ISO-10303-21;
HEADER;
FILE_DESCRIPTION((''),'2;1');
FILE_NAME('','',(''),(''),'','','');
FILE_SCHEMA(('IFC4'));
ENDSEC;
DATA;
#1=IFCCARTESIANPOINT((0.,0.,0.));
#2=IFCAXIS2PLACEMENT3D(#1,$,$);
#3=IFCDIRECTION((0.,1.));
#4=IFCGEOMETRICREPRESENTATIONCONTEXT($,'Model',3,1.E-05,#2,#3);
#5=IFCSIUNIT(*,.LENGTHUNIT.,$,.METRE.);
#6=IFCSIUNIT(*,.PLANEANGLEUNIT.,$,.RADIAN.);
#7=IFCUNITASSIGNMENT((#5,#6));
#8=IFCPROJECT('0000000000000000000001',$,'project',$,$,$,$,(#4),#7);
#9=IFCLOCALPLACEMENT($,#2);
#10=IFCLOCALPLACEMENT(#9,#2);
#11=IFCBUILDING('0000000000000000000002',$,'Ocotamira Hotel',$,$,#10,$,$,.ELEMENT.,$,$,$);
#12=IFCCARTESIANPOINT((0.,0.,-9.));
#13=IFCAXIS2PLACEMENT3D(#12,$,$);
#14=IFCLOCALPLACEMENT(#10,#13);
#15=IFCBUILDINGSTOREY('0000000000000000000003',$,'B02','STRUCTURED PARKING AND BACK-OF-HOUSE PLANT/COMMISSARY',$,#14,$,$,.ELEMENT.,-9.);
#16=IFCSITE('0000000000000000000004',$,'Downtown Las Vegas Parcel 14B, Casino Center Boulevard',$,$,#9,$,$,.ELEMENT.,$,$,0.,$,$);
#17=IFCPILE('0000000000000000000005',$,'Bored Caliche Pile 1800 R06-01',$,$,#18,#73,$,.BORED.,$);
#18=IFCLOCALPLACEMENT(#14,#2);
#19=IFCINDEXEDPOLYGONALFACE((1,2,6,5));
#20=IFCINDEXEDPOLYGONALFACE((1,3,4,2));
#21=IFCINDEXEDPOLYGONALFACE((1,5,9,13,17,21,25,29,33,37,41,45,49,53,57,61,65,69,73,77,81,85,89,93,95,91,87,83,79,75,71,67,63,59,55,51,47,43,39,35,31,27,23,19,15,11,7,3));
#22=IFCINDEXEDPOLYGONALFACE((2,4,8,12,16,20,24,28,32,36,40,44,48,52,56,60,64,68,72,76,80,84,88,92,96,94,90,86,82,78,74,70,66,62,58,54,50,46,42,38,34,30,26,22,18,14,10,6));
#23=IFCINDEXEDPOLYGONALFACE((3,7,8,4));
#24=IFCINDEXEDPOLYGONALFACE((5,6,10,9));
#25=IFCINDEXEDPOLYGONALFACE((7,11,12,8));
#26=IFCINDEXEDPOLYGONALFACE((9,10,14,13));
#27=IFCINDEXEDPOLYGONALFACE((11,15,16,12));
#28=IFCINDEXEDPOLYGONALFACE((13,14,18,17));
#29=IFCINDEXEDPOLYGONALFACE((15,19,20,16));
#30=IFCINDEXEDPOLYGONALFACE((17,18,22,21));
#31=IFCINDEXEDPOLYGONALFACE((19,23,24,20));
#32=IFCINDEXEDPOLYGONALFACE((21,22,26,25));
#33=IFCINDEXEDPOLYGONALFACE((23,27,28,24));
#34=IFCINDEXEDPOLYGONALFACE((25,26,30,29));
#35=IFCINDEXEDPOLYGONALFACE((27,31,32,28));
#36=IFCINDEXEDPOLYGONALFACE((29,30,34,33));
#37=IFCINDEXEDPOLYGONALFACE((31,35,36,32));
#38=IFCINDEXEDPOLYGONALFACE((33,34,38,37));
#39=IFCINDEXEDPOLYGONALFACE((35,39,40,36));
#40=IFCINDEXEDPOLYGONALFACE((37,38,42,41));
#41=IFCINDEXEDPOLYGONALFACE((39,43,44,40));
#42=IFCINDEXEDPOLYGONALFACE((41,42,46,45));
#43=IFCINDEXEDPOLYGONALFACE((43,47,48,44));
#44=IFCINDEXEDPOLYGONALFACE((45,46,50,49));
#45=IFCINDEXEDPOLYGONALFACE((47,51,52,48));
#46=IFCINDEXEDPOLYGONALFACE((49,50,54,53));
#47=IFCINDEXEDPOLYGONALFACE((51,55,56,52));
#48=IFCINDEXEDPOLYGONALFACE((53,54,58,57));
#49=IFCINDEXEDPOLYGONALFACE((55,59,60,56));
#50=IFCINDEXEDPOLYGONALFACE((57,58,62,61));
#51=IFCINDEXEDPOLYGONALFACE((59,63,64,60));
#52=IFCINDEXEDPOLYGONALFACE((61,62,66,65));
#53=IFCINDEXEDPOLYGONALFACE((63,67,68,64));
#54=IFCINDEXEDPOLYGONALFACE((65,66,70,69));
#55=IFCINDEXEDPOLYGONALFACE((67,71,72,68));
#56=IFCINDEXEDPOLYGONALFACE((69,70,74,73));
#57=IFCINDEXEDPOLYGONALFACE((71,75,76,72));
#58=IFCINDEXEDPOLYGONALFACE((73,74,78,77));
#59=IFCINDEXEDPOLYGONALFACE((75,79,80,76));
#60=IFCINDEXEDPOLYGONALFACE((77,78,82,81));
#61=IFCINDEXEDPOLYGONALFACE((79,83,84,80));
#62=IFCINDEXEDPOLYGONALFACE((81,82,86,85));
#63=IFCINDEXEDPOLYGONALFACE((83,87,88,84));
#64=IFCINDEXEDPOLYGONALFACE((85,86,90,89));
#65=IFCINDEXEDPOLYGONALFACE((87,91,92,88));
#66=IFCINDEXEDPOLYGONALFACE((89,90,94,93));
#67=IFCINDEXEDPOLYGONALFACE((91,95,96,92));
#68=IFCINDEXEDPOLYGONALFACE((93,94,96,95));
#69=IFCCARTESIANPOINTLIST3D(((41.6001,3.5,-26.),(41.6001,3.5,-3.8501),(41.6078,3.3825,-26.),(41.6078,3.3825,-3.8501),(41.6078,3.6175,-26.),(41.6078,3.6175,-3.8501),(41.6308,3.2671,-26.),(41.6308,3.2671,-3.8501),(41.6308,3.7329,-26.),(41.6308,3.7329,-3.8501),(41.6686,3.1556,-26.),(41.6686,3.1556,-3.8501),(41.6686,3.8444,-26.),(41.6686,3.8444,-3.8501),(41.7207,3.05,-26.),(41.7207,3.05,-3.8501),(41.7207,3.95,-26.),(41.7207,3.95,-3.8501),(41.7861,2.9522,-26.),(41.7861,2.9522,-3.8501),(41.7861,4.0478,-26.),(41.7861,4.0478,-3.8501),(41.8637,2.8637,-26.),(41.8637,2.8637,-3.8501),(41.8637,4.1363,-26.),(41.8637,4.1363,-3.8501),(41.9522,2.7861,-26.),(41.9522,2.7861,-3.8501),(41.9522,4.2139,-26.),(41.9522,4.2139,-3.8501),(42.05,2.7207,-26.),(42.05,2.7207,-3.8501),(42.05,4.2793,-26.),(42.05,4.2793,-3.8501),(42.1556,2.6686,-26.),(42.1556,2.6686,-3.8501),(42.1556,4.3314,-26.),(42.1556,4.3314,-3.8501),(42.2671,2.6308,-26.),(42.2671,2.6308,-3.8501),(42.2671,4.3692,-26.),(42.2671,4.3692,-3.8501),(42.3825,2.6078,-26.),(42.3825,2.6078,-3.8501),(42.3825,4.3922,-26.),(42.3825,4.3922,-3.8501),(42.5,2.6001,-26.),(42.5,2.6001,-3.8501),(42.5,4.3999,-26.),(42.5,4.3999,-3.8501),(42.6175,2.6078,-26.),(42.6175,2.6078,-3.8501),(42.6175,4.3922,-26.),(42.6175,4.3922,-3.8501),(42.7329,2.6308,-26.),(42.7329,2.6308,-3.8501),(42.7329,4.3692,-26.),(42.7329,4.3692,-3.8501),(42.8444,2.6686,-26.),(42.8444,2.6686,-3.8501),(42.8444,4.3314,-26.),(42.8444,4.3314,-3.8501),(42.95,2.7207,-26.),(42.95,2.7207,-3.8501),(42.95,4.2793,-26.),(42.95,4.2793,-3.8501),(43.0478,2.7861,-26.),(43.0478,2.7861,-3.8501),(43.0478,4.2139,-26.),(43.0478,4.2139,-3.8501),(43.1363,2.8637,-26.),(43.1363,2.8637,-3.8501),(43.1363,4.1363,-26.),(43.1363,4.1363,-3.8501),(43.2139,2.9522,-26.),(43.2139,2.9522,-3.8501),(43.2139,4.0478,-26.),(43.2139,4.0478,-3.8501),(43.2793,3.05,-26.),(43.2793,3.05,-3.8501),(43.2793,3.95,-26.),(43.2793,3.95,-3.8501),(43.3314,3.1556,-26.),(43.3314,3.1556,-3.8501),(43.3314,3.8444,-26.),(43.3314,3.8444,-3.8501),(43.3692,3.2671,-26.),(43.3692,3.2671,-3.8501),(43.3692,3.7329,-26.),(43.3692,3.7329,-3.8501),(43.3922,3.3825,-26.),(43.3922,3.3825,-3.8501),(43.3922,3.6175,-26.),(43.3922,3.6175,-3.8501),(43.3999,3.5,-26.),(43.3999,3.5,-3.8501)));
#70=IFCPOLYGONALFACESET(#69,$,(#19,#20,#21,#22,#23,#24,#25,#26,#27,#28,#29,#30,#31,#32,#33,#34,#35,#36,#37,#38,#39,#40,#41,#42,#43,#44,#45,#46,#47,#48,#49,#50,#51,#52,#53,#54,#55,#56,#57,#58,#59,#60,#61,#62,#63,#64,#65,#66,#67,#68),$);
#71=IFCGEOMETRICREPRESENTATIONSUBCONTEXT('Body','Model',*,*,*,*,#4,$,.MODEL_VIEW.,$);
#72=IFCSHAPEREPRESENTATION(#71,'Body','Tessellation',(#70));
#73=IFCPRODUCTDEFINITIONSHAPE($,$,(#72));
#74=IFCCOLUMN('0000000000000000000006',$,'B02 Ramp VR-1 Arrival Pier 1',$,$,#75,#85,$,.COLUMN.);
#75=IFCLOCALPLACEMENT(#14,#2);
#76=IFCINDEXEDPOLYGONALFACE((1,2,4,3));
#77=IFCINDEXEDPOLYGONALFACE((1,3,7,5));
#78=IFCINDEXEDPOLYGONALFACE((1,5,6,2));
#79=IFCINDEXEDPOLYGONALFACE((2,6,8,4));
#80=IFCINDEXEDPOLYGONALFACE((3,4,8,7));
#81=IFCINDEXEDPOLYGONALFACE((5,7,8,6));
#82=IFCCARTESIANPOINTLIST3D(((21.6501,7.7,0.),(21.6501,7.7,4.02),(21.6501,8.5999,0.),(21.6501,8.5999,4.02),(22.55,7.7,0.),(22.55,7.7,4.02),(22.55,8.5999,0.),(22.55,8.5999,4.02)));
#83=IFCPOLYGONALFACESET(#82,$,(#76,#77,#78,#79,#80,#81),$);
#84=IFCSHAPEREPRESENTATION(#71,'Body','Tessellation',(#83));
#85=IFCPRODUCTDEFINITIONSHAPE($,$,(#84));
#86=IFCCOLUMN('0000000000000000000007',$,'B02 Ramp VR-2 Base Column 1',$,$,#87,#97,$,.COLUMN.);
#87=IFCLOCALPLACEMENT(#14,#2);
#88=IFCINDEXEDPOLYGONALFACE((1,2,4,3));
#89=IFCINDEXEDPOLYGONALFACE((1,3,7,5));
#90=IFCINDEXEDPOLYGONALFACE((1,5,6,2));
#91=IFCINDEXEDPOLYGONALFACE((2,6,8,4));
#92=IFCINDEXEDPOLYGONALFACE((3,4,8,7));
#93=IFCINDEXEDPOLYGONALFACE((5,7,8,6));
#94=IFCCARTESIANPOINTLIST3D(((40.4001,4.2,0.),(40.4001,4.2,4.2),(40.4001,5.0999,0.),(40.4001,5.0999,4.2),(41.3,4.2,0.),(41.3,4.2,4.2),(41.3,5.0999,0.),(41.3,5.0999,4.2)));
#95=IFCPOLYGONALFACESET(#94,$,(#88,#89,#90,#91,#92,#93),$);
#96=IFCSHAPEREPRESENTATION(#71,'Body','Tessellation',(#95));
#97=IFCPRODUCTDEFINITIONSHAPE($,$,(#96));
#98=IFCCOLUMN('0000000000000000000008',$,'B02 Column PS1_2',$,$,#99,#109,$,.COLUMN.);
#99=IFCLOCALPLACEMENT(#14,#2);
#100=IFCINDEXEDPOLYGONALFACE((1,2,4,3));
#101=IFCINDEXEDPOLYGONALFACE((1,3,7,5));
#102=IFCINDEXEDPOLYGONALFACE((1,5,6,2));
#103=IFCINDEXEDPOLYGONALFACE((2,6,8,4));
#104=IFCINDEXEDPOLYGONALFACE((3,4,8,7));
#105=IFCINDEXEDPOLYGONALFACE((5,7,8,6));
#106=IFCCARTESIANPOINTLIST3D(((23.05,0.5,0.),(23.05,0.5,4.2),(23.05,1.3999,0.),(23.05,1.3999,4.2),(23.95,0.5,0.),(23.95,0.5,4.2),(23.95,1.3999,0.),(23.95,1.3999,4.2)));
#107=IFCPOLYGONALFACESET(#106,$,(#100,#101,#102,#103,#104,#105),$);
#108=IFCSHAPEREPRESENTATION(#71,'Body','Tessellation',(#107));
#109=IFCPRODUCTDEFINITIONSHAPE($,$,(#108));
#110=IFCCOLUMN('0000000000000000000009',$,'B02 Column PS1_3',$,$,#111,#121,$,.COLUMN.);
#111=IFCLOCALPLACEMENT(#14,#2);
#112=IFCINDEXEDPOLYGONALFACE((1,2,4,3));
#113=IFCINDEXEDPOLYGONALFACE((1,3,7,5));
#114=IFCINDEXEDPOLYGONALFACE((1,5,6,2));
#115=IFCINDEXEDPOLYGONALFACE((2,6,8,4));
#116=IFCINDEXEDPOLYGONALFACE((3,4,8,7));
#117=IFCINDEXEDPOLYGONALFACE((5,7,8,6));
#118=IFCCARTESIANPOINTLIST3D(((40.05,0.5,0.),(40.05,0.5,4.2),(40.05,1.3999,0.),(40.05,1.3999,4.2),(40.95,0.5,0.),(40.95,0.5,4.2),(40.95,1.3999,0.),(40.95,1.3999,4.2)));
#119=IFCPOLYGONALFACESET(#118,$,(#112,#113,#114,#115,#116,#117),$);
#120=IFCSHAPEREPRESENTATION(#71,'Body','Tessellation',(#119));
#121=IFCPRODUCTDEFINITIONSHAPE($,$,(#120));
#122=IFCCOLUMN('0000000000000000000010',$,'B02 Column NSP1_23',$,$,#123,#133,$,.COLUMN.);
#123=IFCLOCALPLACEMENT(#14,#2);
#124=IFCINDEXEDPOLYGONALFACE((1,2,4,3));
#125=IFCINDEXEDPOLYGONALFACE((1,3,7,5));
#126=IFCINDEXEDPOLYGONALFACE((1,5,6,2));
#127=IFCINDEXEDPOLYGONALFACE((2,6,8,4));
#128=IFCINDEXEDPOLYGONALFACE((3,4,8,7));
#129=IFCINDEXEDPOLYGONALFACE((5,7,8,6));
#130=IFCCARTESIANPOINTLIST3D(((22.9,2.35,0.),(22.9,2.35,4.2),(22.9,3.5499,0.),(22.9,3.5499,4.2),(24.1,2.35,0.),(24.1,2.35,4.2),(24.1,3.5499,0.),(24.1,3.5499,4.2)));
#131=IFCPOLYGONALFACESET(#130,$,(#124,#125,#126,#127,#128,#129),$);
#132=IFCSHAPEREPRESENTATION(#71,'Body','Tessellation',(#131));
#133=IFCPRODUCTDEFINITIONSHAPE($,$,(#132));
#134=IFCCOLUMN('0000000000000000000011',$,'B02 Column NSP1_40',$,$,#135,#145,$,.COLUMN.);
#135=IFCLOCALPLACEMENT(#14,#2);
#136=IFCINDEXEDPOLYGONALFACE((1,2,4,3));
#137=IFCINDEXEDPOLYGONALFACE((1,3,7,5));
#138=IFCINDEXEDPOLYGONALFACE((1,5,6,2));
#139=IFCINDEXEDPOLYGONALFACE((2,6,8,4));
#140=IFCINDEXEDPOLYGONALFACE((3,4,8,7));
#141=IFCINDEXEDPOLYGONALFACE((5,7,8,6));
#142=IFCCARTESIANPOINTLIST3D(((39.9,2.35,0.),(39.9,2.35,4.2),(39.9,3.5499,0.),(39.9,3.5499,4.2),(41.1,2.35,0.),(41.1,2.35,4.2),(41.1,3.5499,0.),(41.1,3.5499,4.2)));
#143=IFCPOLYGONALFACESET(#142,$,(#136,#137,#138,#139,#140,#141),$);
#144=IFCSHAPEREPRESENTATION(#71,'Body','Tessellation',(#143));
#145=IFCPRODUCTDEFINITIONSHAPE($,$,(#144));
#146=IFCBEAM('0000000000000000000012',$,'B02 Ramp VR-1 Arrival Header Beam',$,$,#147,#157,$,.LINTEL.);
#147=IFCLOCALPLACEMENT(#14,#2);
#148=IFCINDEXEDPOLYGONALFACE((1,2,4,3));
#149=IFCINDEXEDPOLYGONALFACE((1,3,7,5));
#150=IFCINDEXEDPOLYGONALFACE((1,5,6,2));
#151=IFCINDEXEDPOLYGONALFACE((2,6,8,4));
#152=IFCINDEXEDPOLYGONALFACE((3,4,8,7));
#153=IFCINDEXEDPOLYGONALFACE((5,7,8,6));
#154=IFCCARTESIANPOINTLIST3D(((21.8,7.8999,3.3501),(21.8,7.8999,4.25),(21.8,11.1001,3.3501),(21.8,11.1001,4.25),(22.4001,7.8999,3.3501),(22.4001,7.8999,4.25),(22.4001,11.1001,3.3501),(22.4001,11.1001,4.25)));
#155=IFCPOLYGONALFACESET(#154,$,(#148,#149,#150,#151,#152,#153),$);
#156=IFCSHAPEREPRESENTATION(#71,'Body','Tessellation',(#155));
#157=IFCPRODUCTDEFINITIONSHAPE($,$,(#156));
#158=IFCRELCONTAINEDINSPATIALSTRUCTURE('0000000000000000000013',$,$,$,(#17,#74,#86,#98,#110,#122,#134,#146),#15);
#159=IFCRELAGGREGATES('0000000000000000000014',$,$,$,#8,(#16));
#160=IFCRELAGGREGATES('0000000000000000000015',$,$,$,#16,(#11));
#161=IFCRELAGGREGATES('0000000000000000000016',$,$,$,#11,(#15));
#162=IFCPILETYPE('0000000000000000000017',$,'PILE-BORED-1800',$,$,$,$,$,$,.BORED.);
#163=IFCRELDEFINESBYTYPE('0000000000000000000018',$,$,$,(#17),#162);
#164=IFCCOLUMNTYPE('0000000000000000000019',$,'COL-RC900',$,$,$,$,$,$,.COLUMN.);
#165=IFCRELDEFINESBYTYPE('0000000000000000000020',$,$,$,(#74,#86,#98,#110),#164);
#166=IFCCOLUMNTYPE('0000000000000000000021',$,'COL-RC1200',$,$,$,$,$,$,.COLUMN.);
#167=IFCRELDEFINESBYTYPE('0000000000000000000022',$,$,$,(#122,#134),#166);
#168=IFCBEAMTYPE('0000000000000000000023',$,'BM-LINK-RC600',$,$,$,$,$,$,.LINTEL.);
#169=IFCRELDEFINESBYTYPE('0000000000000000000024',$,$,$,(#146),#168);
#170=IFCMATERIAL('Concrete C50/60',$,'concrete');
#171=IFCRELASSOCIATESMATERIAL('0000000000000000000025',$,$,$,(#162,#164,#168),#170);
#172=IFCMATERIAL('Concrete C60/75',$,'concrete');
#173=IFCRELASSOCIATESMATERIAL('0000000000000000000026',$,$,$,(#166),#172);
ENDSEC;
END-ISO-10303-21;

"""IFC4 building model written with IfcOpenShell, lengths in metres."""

from ifc_helpers import new_model, si_unit, direction, frame, origin, origin_2d, place, context, subcontext, project, spatial, rectangle, circle, extrude, source, transform, mapped, material, material_profile, profile_set, type_object, element, save


model = new_model("IFC4")

# Units and contexts
model_context = context("Model", 3, precision=1e-05, world=origin(), true_north=direction((0.0, 1.0)))
body_context = subcontext(model_context, "Body", "Model", "MODEL_VIEW")
ifc_project = project(units=[si_unit("LENGTHUNIT", "METRE"), si_unit("PLANEANGLEUNIT", "RADIAN")], contexts=[model_context])

# Site, building, storey
site_placement = place(None, origin())
site = spatial("IfcSite", under=ifc_project, at=site_placement, Name="Downtown Las Vegas Parcel 14B, Casino Center Boulevard", CompositionType="ELEMENT", RefElevation=0.0)
building_placement = place(site_placement, origin())
building = spatial("IfcBuilding", under=site, at=building_placement, Name="Ocotamira Hotel", CompositionType="ELEMENT")
storey_placement = place(building_placement, frame((0.0, 0.0, -9.0)))
storey = spatial("IfcBuildingStorey", under=building, at=storey_placement, Name="B02", Description="STRUCTURED PARKING AND BACK-OF-HOUSE PLANT/COMMISSARY", CompositionType="ELEMENT", Elevation=-9.0)

# Pile
ifc_material_1 = material(Name="Concrete C50/60", Category="concrete")
ifc_material_profile_1 = material_profile(ifc_material_1, circle(Radius=0.8999, at=origin_2d()), Name="PILE1800")
ifc_profile_set_1 = profile_set([ifc_material_profile_1], Name="Concrete C50/60")
pile_type = type_object("IfcPileType", Name="PILE-BORED-1800", PredefinedType="BORED", material=ifc_profile_set_1)
shared_shape_1 = source(origin(), body_context, "Body", "SweptSolid", [
    extrude(circle(Radius=0.8999, at=origin_2d()), origin(), (0.0, 0.0, 1.0), 22.1499),
])
for number, where, z_axis, x_axis, name in (
    (1, (42.5, 3.5, -3.8501), (0.0, 0.0, -1.0), (1.0, 0.0, 0.0), "Bored Caliche Pile 1800 R06-01"),
):
    element("IfcPile", number, at=place(storey_placement, frame(where, z_axis=z_axis, x_axis=x_axis)), inside=storey, type_object=pile_type, Name=name, PredefinedType="BORED", context=body_context, shape_type="MappedRepresentation", body=[
        mapped(shared_shape_1, transform((0.0, 0.0, 0.0), scale=1.0)),
    ])

# Columns
ifc_material_profile_2 = material_profile(ifc_material_1, rectangle(XDim=0.8999, YDim=0.8999, at=origin_2d()), Name="RC900X900")
ifc_profile_set_2 = profile_set([ifc_material_profile_2], Name="Concrete C50/60")
column_type_1 = type_object("IfcColumnType", Name="COL-RC900", PredefinedType="COLUMN", material=ifc_profile_set_2)
shared_shape_2 = source(origin(), body_context, "Body", "SweptSolid", [
    extrude(rectangle(XDim=0.8999, YDim=0.8999, at=origin_2d()), origin(), (0.0, 0.0, 1.0), 4.02),
])
column_placement = place(storey_placement, frame((22.1001, 8.1499, 0.0), z_axis=(0.0, 0.0, 1.0), x_axis=(1.0, 0.0, 0.0)))
element("IfcColumn", 2, at=column_placement, inside=storey, type_object=column_type_1, Name="B02 Ramp VR-1 Arrival Pier 1", PredefinedType="COLUMN", context=body_context, shape_type="MappedRepresentation", body=[
    mapped(shared_shape_2, transform((0.0, 0.0, 0.0), scale=1.0)),
])
shared_shape_3 = source(origin(), body_context, "Body", "SweptSolid", [
    extrude(rectangle(XDim=0.8999, YDim=0.8999, at=origin_2d()), origin(), (0.0, 0.0, 1.0), 4.2),
])
for number, where, z_axis, x_axis, name in (
    (3, (40.8501, 4.6499, 0.0), (0.0, 0.0, 1.0), (1.0, 0.0, 0.0), "B02 Ramp VR-2 Base Column 1"),
    (4, (23.5, 0.95, 0.0), (0.0, 0.0, 1.0), (1.0, 0.0, 0.0), "B02 Column PS1_2"),
    (5, (40.5, 0.95, 0.0), (0.0, 0.0, 1.0), (1.0, 0.0, 0.0), "B02 Column PS1_3"),
):
    element("IfcColumn", number, at=place(storey_placement, frame(where, z_axis=z_axis, x_axis=x_axis)), inside=storey, type_object=column_type_1, Name=name, PredefinedType="COLUMN", context=body_context, shape_type="MappedRepresentation", body=[
        mapped(shared_shape_3, transform((0.0, 0.0, 0.0), scale=1.0)),
    ])
ifc_material_2 = material(Name="Concrete C60/75", Category="concrete")
ifc_material_profile_3 = material_profile(ifc_material_2, rectangle(XDim=1.2, YDim=1.2, at=origin_2d()), Name="RC1200X1200")
ifc_profile_set_3 = profile_set([ifc_material_profile_3], Name="Concrete C60/75")
column_type_2 = type_object("IfcColumnType", Name="COL-RC1200", PredefinedType="COLUMN", material=ifc_profile_set_3)
shared_shape_4 = source(origin(), body_context, "Body", "SweptSolid", [
    extrude(rectangle(XDim=1.2, YDim=1.2, at=origin_2d()), origin(), (0.0, 0.0, 1.0), 4.2),
])
for number, where, z_axis, x_axis, name in (
    (6, (23.5, 2.95, 0.0), (0.0, 0.0, 1.0), (1.0, 0.0, 0.0), "B02 Column NSP1_23"),
    (7, (40.5, 2.95, 0.0), (0.0, 0.0, 1.0), (1.0, 0.0, 0.0), "B02 Column NSP1_40"),
):
    element("IfcColumn", number, at=place(storey_placement, frame(where, z_axis=z_axis, x_axis=x_axis)), inside=storey, type_object=column_type_2, Name=name, PredefinedType="COLUMN", context=body_context, shape_type="MappedRepresentation", body=[
        mapped(shared_shape_4, transform((0.0, 0.0, 0.0), scale=1.0)),
    ])

# Beam
ifc_material_profile_4 = material_profile(ifc_material_1, rectangle(XDim=0.6001, YDim=0.8999, at=origin_2d()), Name="RC600X900")
ifc_profile_set_4 = profile_set([ifc_material_profile_4], Name="Concrete C50/60")
beam_type_1 = type_object("IfcBeamType", Name="BM-LINK-RC600", PredefinedType="LINTEL", material=ifc_profile_set_4)
shared_shape_5 = source(origin(), body_context, "Body", "SweptSolid", [
    extrude(rectangle(XDim=0.6001, YDim=0.8999, at=origin_2d()), origin(), (0.0, 0.0, 1.0), 3.2002),
])
beam_1_placement = place(storey_placement, frame((22.1001, 7.8999, 3.8), z_axis=(0.0, 1.0, 0.0), x_axis=(-1.0, 0.0, 0.0)))
element("IfcBeam", 8, at=beam_1_placement, inside=storey, type_object=beam_type_1, Name="B02 Ramp VR-1 Arrival Header Beam", PredefinedType="LINTEL", context=body_context, shape_type="MappedRepresentation", body=[
    mapped(shared_shape_5, transform((0.0, 0.0, 0.0), scale=1.0)),
])

save(model, "model.ifc")
